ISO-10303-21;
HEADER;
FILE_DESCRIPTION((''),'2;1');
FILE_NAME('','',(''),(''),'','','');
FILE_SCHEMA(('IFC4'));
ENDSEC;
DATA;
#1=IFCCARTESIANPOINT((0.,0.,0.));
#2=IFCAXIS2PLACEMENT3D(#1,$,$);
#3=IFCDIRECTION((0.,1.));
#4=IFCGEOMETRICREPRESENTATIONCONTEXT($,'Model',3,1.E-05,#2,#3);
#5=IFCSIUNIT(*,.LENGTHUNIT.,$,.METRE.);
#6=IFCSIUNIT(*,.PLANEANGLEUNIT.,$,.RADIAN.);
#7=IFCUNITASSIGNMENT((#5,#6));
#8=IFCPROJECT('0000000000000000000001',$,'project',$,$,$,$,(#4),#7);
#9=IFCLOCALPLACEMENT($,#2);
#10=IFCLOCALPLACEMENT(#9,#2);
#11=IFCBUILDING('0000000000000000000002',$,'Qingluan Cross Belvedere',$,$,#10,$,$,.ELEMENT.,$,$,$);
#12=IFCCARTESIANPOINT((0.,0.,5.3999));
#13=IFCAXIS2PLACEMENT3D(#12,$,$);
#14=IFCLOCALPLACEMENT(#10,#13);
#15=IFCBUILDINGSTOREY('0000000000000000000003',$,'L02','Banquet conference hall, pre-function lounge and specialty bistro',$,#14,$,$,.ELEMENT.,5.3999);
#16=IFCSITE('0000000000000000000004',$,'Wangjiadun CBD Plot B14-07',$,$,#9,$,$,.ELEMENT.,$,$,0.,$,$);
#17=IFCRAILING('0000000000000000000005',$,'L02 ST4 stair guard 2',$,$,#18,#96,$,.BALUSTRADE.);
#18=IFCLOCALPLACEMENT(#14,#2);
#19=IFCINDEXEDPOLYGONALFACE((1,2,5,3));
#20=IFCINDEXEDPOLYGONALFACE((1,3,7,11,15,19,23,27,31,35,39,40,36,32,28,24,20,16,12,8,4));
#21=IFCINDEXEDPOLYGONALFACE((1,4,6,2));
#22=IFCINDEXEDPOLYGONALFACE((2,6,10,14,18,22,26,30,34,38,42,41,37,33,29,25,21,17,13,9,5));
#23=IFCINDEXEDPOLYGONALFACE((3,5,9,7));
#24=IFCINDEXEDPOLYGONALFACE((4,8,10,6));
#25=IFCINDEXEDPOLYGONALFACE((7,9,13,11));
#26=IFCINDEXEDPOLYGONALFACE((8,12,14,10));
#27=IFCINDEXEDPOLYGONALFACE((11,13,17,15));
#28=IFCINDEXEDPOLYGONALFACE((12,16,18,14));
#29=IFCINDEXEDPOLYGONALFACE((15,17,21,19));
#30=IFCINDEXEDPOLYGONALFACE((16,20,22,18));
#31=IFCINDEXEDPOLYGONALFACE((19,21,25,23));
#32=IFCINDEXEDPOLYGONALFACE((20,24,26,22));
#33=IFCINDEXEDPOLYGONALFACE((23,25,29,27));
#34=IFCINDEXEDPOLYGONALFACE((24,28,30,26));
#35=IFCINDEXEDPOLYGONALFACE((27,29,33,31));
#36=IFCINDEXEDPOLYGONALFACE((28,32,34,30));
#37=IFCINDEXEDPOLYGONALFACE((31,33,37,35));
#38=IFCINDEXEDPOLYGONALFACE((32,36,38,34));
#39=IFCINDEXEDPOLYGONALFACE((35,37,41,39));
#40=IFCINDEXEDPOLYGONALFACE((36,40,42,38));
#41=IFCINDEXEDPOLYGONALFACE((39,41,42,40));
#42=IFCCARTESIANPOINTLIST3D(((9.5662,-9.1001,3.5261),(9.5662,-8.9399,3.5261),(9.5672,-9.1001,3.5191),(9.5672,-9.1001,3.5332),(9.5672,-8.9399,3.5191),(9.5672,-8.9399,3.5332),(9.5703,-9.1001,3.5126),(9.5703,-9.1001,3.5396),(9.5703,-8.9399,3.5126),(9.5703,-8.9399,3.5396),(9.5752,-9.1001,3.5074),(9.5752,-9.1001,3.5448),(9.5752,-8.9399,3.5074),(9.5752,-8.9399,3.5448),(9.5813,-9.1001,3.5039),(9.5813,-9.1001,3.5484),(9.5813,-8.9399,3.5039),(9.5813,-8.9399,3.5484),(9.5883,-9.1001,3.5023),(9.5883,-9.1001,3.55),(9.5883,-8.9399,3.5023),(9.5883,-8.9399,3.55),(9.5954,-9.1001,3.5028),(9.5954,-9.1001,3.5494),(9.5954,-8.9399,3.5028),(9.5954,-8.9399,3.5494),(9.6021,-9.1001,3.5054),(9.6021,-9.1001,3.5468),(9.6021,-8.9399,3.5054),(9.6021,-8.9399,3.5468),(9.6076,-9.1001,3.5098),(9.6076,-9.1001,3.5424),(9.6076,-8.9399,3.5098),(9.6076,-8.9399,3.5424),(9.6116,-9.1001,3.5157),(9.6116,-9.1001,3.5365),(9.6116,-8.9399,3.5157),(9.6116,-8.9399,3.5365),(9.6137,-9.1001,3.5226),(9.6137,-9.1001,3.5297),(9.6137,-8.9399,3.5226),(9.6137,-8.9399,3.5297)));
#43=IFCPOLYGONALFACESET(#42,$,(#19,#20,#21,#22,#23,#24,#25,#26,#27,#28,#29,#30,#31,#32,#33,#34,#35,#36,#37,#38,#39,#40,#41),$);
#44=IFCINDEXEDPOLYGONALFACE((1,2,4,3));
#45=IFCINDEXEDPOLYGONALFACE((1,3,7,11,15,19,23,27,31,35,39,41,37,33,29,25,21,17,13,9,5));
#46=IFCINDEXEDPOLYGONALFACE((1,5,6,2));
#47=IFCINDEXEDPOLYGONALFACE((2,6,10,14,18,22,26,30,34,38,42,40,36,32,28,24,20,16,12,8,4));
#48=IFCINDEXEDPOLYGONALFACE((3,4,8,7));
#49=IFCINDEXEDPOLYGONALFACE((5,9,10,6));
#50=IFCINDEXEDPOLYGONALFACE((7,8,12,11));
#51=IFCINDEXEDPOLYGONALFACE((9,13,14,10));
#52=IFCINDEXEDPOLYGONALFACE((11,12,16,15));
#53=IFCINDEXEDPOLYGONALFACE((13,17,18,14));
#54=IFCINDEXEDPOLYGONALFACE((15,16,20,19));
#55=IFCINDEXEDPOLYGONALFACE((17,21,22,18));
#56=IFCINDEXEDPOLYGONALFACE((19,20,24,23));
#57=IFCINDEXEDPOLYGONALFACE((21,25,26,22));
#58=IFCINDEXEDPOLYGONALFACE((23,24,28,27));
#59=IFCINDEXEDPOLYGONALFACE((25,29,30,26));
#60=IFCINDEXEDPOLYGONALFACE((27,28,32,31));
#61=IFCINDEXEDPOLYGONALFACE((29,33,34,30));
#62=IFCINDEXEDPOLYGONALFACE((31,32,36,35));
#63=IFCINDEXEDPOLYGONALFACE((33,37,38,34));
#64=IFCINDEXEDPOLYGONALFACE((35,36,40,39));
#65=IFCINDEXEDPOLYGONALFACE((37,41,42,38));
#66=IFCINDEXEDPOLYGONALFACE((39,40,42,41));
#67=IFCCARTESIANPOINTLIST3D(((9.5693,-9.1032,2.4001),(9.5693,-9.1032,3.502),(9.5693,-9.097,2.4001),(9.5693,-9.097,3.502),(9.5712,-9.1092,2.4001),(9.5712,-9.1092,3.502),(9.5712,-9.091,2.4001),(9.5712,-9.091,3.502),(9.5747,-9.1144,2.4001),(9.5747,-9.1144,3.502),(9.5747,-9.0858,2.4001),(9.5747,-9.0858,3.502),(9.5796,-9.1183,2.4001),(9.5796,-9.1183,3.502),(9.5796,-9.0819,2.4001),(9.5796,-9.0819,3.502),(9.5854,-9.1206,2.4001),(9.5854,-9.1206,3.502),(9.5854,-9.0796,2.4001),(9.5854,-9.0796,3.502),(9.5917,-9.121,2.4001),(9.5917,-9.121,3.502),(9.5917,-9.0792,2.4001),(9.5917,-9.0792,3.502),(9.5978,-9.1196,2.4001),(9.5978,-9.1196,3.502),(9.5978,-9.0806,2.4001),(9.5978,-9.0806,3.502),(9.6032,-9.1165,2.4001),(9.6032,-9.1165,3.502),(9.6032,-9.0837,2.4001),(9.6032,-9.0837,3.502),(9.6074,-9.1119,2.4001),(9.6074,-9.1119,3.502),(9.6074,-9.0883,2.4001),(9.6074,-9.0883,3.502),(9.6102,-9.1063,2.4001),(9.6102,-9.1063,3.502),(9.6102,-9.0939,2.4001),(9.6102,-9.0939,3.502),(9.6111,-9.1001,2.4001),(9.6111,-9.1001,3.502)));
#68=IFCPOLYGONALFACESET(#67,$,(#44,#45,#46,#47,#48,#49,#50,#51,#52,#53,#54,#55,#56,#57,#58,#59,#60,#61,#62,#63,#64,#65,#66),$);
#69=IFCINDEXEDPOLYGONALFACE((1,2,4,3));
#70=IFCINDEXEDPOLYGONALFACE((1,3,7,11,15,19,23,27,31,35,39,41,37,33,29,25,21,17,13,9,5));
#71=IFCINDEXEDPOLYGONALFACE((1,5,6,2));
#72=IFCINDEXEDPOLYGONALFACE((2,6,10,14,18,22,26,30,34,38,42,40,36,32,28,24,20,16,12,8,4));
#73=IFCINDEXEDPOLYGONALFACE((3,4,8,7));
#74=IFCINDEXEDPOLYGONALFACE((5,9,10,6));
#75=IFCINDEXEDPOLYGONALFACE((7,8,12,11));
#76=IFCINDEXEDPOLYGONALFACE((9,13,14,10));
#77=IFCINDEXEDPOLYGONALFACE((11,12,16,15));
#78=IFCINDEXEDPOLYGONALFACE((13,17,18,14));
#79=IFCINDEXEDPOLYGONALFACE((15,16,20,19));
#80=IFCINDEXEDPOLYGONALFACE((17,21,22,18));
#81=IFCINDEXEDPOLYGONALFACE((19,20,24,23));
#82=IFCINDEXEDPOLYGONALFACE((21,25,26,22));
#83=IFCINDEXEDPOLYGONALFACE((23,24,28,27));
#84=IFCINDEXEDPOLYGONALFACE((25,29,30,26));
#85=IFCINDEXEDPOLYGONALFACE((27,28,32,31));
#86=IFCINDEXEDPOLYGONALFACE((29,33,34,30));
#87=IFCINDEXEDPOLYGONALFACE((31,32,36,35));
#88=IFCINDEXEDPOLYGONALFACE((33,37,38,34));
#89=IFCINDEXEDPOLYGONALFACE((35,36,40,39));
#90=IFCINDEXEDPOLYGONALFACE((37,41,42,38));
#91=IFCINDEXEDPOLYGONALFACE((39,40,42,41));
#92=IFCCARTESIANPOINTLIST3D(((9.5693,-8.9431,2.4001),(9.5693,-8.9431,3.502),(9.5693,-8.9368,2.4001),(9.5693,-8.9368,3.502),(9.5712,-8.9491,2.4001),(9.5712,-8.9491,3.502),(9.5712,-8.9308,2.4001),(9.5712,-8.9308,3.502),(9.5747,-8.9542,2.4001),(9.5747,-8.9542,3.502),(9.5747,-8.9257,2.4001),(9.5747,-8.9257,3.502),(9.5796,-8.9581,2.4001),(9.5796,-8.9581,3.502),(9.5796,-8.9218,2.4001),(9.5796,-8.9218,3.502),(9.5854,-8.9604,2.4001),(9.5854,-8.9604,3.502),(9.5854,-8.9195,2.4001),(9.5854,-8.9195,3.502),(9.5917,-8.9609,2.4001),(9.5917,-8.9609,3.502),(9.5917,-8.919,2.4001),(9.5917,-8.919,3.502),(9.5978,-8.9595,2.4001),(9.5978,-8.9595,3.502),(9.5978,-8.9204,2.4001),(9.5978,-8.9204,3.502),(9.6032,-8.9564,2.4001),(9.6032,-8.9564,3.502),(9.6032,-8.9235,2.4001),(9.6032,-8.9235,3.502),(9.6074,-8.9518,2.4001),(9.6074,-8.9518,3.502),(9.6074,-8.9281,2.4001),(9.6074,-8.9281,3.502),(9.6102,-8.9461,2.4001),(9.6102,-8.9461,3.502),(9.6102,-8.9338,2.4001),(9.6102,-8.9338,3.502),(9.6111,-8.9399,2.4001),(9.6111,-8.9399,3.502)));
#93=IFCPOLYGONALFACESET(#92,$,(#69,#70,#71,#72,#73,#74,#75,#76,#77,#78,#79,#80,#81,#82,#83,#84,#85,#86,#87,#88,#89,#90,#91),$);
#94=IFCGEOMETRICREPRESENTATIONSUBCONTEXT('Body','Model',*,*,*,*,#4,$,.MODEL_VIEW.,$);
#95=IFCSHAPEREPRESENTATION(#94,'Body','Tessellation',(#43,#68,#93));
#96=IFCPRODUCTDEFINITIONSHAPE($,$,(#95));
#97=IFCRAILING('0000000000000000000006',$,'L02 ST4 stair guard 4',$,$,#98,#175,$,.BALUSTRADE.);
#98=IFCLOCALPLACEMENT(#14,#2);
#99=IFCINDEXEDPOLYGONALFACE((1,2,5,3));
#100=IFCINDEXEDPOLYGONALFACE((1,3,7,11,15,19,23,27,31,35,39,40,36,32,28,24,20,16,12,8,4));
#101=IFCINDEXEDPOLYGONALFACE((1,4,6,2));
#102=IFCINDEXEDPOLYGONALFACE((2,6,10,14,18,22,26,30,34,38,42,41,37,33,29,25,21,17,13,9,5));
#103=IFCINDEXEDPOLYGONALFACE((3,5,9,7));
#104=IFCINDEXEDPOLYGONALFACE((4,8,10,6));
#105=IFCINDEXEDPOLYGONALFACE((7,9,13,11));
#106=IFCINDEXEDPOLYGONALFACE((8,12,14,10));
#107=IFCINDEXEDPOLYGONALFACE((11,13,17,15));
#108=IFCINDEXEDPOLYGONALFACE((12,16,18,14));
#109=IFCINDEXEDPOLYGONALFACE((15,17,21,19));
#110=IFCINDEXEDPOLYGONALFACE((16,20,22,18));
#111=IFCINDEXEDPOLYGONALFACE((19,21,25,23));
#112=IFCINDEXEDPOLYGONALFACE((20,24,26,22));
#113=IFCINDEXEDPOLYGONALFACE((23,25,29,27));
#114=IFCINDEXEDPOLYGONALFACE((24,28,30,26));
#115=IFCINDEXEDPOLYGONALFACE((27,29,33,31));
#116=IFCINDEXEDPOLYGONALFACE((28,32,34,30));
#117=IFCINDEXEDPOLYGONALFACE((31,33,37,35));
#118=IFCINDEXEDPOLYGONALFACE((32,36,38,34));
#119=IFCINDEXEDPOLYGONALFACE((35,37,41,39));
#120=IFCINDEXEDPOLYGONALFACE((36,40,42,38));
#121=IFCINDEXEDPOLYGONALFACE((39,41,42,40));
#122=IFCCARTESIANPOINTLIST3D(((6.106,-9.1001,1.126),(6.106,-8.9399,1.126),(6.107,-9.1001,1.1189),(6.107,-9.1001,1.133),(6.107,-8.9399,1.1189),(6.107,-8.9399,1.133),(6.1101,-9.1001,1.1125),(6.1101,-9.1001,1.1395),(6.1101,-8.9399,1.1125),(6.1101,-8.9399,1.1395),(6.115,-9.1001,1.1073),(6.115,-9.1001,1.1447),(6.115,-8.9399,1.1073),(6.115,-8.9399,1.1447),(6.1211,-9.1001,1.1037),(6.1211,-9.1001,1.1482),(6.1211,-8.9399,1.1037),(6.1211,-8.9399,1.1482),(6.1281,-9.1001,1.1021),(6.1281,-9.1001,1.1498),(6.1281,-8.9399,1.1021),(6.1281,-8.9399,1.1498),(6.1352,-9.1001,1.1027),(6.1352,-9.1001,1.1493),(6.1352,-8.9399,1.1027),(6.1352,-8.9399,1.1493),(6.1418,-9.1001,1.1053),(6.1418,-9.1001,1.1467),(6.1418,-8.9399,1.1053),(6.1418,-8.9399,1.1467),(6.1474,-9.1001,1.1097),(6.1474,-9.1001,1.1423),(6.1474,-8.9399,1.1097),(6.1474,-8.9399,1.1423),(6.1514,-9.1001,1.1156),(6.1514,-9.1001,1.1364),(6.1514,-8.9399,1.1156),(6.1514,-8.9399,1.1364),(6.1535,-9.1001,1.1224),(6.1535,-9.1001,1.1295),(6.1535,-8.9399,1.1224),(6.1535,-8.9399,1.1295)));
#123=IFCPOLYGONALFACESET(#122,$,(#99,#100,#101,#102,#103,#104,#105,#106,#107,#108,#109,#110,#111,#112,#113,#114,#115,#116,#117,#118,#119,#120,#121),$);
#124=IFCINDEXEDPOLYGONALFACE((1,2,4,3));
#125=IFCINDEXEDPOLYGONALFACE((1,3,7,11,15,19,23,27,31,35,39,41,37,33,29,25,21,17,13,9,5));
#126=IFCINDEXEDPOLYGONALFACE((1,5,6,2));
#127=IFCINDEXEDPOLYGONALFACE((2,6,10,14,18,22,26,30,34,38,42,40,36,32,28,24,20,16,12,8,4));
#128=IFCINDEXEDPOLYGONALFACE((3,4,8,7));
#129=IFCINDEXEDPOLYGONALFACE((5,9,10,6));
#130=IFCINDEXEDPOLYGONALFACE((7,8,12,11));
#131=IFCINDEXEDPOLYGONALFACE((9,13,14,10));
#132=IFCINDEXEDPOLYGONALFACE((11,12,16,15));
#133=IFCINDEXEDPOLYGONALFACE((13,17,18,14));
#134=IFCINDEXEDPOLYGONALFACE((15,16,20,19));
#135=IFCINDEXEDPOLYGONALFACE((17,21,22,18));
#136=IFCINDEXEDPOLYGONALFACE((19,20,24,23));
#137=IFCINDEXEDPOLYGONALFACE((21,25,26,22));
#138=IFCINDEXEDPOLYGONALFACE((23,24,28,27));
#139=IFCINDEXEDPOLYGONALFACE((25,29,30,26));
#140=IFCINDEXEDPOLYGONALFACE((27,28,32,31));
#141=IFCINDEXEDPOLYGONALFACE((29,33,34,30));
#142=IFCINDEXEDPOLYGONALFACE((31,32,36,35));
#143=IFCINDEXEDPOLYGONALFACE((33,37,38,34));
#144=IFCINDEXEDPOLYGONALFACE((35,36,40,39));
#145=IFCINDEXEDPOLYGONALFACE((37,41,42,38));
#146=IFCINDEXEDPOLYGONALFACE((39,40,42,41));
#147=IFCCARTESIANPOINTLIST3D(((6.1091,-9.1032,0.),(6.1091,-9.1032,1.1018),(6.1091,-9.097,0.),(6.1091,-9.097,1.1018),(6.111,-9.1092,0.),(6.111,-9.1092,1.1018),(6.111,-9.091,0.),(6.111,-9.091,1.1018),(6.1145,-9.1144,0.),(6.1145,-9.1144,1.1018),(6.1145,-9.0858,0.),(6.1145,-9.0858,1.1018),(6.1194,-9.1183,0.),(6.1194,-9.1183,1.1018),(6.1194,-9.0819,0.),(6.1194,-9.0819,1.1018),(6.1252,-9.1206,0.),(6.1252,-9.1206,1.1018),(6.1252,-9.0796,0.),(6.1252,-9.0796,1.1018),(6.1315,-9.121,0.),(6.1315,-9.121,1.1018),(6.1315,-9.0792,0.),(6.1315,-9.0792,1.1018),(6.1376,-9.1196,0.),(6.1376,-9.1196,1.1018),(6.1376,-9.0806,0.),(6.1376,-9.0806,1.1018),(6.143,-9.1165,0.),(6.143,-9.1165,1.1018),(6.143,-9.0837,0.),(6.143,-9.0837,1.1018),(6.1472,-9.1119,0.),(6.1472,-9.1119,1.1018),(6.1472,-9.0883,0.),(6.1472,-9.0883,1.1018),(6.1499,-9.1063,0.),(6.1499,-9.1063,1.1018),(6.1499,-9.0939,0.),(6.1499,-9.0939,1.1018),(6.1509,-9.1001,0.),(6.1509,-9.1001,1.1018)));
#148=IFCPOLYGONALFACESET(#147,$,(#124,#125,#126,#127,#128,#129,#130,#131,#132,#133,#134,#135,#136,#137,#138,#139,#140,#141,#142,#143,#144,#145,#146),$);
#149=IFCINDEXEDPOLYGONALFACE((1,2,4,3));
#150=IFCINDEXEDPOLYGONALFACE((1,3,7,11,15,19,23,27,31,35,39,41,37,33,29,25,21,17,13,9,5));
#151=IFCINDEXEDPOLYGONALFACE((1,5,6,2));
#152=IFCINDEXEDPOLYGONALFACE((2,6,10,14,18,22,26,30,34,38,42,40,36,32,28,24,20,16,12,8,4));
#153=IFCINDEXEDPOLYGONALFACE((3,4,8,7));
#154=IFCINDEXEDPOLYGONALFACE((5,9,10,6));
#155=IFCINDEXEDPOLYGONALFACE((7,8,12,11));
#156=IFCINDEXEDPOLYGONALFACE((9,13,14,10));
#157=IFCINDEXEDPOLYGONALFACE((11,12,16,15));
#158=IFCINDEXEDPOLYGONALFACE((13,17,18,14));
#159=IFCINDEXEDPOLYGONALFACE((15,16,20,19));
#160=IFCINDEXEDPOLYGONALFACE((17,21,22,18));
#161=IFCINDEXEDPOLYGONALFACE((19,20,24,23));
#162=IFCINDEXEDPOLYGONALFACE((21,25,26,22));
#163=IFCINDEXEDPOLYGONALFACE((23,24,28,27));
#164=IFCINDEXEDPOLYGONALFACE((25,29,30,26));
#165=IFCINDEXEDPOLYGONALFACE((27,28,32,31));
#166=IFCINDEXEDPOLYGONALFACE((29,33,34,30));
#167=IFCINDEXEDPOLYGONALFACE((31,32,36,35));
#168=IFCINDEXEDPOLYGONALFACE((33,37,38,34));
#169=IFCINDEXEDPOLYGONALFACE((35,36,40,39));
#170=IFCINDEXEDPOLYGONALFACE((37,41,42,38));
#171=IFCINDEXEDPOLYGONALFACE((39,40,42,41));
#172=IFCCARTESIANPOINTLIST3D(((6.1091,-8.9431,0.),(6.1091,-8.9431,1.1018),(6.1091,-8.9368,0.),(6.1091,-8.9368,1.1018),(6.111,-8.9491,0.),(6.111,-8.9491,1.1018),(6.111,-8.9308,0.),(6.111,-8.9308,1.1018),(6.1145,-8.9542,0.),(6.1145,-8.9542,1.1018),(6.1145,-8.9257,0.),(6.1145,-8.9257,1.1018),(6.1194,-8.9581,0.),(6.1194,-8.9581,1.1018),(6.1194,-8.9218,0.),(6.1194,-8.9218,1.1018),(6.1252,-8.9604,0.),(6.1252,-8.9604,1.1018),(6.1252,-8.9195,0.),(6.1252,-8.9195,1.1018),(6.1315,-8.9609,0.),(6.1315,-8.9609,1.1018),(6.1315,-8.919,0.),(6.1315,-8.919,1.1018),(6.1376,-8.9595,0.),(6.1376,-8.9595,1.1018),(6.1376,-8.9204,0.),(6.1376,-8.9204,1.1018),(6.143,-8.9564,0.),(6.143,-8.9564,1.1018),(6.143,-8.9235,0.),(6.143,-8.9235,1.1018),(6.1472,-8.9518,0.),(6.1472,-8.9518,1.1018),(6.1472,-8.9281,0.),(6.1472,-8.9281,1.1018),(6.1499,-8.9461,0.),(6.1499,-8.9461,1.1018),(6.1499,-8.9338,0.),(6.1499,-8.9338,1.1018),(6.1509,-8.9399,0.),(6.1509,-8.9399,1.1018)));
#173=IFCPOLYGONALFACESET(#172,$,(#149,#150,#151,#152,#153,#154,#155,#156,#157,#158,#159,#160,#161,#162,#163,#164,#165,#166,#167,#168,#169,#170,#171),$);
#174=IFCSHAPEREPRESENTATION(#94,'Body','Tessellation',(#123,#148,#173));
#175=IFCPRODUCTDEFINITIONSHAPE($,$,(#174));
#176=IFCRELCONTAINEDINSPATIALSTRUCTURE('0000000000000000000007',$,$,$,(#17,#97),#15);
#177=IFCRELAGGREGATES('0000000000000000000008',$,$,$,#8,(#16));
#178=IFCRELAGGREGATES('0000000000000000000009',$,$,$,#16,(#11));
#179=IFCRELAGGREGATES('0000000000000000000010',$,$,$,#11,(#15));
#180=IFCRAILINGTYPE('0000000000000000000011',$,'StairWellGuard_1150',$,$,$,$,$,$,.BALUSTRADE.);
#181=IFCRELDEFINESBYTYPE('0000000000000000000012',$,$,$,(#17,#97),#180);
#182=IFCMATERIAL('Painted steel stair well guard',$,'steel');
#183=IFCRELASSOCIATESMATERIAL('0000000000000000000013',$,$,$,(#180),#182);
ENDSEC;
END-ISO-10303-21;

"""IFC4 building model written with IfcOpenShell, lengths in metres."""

from ifc_helpers import new_model, si_unit, direction, frame, origin, origin_2d, place, context, subcontext, project, spatial, circle, extrude, material, type_object, element, save


model = new_model("IFC4")

# Units and contexts
model_context = context("Model", 3, precision=1e-05, world=origin(), true_north=direction((0.0, 1.0)))
body_context = subcontext(model_context, "Body", "Model", "MODEL_VIEW")
ifc_project = project(units=[si_unit("LENGTHUNIT", "METRE"), si_unit("PLANEANGLEUNIT", "RADIAN")], contexts=[model_context])

# Site, building, storey
site_placement = place(None, origin())
site = spatial("IfcSite", under=ifc_project, at=site_placement, Name="Wangjiadun CBD Plot B14-07", CompositionType="ELEMENT", RefElevation=0.0)
building_placement = place(site_placement, origin())
building = spatial("IfcBuilding", under=site, at=building_placement, Name="Qingluan Cross Belvedere", CompositionType="ELEMENT")
storey_placement = place(building_placement, frame((0.0, 0.0, 5.3999)))
storey = spatial("IfcBuildingStorey", under=building, at=storey_placement, Name="L02", Description="Banquet conference hall, pre-function lounge and specialty bistro", CompositionType="ELEMENT", Elevation=5.3999)

# Railings
ifc_material_1 = material(Name="Painted steel stair well guard", Category="steel")
railing_type_1 = type_object("IfcRailingType", Name="StairWellGuard_1150", PredefinedType="BALUSTRADE", material=ifc_material_1)
for number, where, name in (
    (1, (9.5901, -9.1001, 2.4001), "L02 ST4 stair guard 2"),
    (2, (6.1299, -9.1001, 0.0), "L02 ST4 stair guard 4"),
):
    element("IfcRailing", number, at=place(storey_placement, frame(where)), inside=storey, type_object=railing_type_1, Name=name, PredefinedType="BALUSTRADE", context=body_context, shape_type="SweptSolid", body=[
        extrude(circle(Radius=0.0239, at=origin_2d()), frame((0.0, 0.0, 1.126), z_axis=(0.0, 1.0, 0.0), x_axis=(-1.0, 0.0, 0.0)), (0.0, 0.0, 1.0), 0.1602),
        extrude(circle(Radius=0.021, at=origin_2d()), origin(), (0.0, 0.0, 1.0), 1.1018),
        extrude(circle(Radius=0.021, at=origin_2d()), frame((0.0, 0.1602, 0.0)), (0.0, 0.0, 1.0), 1.1018),
    ])

save(model, "model.ifc")
